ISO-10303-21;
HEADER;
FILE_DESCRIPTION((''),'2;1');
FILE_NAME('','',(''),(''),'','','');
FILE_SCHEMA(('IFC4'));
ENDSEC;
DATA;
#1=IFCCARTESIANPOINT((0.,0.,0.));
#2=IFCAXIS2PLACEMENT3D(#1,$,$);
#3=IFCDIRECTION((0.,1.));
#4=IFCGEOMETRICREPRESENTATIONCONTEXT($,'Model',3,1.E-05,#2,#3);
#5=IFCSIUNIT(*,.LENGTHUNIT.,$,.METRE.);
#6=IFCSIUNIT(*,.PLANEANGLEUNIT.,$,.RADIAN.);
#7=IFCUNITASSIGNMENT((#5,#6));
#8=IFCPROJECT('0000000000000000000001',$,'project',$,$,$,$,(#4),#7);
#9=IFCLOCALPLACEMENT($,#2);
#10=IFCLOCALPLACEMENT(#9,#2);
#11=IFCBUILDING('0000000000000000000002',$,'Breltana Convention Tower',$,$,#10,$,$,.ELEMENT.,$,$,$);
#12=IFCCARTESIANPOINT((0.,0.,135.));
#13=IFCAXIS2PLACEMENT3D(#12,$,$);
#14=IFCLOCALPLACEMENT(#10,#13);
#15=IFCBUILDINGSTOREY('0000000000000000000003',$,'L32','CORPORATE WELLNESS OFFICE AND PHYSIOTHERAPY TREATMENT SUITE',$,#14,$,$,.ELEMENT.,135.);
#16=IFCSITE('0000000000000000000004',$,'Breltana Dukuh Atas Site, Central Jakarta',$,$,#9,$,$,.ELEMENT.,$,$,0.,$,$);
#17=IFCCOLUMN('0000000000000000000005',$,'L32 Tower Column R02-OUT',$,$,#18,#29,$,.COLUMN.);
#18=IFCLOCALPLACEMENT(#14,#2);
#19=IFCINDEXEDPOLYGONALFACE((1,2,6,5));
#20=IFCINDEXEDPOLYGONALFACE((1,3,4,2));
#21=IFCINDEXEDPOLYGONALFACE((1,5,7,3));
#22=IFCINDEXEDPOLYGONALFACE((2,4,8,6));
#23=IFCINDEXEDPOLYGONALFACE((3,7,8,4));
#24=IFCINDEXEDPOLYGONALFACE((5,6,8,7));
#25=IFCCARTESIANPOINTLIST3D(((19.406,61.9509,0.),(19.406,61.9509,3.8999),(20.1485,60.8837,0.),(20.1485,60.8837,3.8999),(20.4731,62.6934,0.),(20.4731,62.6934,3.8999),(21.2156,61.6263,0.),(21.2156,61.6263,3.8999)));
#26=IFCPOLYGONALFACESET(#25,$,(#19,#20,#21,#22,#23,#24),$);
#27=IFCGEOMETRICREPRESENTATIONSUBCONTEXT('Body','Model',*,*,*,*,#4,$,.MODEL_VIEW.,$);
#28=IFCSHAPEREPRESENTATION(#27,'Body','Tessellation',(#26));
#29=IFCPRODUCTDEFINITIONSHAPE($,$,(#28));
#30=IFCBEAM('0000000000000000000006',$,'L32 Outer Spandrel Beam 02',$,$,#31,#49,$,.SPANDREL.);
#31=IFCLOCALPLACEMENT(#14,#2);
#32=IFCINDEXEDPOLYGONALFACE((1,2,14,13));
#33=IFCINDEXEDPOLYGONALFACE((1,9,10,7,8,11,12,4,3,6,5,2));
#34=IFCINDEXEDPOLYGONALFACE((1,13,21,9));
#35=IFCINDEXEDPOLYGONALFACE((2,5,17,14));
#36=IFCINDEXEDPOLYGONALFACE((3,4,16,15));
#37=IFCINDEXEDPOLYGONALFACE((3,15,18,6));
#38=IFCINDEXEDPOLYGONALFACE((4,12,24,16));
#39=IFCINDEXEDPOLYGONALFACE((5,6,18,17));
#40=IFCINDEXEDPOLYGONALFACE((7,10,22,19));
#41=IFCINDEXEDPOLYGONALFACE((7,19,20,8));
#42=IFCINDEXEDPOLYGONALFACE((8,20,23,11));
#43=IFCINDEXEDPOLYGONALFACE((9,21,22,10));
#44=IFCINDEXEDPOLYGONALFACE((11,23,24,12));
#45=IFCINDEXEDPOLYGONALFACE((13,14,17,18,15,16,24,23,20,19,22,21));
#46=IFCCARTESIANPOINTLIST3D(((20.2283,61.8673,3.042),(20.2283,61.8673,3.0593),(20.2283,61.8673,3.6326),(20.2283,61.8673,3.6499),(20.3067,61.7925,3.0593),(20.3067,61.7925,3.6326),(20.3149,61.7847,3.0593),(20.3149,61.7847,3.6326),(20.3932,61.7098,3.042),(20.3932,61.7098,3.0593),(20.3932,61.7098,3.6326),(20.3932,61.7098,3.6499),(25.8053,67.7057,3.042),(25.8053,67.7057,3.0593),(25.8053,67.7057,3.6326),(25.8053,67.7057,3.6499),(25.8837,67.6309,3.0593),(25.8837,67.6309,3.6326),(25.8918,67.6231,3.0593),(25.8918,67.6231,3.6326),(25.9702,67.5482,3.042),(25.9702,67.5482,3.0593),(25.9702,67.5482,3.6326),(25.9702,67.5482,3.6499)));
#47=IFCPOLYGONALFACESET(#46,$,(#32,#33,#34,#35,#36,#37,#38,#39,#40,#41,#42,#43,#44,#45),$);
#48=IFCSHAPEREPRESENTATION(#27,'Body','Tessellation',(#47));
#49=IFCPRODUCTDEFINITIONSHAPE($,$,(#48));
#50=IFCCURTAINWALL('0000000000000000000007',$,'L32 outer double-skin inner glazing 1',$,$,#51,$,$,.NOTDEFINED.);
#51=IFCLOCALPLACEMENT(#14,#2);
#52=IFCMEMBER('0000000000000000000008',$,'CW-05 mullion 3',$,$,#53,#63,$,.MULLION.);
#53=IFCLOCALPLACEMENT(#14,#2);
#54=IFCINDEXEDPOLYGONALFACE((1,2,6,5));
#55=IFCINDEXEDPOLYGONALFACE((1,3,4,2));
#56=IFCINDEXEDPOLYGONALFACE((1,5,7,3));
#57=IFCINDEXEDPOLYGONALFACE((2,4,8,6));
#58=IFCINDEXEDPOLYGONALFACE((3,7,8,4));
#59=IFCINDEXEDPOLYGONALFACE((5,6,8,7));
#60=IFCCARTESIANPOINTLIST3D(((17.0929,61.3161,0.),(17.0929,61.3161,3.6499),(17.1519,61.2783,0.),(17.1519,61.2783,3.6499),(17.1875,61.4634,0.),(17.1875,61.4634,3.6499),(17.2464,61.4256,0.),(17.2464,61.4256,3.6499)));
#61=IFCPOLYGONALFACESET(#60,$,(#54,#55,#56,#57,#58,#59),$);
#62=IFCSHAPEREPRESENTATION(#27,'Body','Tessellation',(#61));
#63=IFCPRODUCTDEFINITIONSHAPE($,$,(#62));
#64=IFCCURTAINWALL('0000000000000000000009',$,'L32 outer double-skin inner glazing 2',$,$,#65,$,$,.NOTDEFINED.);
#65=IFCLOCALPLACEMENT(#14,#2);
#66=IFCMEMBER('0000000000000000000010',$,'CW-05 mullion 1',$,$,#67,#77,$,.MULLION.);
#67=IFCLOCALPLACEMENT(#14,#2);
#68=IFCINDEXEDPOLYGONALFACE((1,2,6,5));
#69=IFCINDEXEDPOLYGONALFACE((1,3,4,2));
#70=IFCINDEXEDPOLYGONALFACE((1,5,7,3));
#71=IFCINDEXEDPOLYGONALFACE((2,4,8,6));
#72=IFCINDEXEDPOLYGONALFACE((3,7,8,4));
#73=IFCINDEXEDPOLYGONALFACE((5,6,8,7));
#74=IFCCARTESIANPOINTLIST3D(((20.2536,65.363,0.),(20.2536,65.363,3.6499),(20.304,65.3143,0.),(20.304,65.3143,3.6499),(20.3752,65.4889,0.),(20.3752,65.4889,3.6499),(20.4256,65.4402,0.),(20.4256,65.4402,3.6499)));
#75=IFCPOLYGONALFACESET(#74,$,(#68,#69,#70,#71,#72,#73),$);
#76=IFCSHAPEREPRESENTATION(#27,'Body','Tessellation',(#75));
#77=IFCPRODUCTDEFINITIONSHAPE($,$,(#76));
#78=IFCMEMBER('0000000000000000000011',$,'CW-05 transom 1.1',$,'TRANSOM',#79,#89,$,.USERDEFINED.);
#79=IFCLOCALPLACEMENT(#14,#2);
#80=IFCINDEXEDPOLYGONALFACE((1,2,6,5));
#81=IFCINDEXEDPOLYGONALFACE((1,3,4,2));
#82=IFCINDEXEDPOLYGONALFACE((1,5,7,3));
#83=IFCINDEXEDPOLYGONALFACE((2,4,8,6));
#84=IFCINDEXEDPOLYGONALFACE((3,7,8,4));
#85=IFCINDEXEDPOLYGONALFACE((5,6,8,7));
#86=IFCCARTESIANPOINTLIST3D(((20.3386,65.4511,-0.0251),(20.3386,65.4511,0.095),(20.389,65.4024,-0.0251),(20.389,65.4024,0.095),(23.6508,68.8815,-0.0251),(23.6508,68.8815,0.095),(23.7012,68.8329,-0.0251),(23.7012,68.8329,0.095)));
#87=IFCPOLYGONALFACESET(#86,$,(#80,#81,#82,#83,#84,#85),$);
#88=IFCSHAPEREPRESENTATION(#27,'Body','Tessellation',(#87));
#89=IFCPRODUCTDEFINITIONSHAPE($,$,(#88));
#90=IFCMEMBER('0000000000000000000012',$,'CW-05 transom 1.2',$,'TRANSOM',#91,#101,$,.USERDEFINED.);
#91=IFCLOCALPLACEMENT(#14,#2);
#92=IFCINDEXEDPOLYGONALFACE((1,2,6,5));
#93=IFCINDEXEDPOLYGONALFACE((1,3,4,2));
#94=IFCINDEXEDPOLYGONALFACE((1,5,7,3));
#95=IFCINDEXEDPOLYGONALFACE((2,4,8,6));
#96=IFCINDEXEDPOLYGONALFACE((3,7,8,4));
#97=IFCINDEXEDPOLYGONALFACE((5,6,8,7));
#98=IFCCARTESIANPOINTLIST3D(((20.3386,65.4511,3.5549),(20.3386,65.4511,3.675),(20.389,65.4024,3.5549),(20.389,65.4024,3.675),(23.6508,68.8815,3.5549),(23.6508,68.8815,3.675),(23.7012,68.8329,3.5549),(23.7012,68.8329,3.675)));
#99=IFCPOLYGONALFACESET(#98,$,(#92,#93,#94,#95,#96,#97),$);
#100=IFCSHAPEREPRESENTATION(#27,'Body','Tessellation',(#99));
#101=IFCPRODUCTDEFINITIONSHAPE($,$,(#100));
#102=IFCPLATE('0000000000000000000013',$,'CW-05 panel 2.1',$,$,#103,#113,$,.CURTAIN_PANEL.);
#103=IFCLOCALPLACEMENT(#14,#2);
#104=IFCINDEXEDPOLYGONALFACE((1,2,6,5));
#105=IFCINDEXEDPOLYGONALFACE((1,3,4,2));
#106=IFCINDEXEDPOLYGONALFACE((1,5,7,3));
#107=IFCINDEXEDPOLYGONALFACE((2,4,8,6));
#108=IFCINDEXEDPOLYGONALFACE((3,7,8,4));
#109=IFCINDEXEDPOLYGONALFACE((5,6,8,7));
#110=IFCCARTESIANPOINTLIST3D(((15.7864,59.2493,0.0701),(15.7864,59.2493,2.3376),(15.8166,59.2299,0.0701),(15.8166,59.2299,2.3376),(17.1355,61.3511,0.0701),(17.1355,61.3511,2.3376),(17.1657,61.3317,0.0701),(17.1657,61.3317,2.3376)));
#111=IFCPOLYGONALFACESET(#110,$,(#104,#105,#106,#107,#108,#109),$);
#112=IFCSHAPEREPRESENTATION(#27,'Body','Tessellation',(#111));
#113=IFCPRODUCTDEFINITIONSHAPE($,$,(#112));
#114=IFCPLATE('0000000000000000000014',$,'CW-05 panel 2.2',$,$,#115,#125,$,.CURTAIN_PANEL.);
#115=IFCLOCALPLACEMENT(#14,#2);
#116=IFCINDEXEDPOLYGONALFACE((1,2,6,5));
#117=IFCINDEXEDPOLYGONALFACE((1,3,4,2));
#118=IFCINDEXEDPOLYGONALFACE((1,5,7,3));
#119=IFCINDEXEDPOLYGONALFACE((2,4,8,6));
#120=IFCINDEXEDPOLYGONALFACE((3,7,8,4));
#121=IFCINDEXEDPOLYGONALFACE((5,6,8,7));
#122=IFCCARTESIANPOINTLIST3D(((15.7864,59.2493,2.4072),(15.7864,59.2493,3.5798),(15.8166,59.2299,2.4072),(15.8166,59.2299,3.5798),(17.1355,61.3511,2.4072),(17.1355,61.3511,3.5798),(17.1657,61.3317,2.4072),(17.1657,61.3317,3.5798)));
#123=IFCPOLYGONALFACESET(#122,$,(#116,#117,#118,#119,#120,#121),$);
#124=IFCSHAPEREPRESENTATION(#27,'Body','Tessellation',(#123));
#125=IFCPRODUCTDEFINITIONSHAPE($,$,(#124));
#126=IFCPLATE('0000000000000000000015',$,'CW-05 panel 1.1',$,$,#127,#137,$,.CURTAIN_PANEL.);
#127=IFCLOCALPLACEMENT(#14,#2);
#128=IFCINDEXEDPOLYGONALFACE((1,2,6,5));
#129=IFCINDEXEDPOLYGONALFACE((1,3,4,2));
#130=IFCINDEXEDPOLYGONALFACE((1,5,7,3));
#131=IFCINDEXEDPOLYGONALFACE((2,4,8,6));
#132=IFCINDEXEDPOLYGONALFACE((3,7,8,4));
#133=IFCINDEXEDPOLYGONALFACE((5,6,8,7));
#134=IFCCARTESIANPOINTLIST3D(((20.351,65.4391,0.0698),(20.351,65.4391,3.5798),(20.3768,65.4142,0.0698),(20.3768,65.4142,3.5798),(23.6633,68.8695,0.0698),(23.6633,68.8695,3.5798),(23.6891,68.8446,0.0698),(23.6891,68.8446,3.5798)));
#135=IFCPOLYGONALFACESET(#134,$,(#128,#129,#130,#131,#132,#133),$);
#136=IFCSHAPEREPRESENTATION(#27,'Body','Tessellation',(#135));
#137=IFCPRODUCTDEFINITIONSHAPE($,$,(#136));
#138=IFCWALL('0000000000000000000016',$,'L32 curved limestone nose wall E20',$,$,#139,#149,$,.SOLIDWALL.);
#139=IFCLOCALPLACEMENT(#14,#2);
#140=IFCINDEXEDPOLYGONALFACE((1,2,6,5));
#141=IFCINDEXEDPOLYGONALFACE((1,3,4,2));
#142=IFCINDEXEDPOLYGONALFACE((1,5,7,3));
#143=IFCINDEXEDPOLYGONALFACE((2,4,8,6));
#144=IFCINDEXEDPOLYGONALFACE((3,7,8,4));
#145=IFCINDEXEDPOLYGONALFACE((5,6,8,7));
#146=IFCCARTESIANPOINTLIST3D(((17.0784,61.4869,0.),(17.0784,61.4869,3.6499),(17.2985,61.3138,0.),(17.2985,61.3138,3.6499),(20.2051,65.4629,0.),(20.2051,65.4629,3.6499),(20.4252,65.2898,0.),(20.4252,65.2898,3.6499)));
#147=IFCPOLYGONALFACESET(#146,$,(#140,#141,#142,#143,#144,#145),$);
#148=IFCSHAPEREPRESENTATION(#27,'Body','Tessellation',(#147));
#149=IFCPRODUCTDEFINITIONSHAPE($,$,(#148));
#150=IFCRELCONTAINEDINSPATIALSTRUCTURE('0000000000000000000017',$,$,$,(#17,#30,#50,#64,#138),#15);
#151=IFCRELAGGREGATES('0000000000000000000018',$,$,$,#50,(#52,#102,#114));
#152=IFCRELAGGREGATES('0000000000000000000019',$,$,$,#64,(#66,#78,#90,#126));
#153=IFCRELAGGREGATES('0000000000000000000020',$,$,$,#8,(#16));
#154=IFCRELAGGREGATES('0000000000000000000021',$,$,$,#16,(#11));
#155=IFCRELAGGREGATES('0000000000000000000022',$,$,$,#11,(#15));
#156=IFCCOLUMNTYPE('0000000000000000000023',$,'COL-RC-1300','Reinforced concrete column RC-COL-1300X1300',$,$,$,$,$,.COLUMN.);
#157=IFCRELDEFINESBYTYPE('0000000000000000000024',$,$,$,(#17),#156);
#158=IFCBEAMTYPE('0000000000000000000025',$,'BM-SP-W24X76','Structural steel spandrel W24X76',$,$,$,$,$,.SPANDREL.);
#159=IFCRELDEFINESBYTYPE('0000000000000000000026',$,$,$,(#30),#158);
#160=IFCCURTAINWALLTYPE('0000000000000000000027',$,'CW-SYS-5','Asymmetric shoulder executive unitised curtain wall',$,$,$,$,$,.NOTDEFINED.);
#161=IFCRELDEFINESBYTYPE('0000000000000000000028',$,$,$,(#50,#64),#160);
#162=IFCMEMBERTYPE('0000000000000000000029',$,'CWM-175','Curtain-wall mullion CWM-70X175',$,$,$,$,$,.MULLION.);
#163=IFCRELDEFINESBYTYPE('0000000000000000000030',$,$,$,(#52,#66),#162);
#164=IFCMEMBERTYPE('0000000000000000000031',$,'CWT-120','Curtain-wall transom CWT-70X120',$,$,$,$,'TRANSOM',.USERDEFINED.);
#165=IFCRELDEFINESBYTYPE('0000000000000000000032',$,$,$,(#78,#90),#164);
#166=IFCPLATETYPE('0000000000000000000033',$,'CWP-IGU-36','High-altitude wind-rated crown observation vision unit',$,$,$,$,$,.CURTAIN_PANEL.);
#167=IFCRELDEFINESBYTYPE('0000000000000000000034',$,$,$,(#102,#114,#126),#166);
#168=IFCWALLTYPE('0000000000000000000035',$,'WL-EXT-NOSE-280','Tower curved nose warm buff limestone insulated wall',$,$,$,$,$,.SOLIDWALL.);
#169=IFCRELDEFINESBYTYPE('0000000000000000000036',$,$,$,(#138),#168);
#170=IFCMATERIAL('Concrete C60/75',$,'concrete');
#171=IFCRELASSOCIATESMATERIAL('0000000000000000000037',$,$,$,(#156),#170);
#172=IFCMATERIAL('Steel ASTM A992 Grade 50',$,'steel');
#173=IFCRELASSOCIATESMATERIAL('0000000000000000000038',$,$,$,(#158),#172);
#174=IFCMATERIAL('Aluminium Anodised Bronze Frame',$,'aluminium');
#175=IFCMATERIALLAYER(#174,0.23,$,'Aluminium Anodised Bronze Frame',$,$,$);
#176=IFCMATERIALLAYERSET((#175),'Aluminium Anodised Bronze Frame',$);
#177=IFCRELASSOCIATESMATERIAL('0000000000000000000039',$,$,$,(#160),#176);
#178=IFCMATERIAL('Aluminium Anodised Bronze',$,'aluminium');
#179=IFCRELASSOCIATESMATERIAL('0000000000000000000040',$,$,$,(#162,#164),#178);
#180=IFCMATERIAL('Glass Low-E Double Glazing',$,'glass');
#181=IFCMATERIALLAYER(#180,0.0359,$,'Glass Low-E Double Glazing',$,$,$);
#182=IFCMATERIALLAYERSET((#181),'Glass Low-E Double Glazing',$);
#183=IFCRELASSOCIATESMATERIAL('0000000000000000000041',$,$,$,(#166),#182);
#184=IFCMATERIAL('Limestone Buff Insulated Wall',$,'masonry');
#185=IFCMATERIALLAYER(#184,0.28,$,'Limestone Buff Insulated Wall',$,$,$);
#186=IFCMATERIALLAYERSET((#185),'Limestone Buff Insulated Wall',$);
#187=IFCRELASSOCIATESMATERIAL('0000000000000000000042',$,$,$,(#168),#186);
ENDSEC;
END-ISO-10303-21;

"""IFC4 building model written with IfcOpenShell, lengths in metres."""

from ifc_helpers import new_model, si_unit, direction, frame, frame_2d, origin, origin_2d, place, context, subcontext, project, spatial, rectangle, i_section, extrude, source, transform, mapped, material, layer, layer_set, material_profile, profile_set, type_object, element, aggregate, save


model = new_model("IFC4")

# Units and contexts
model_context = context("Model", 3, precision=1e-05, world=origin(), true_north=direction((0.0, 1.0)))
body_context = subcontext(model_context, "Body", "Model", "MODEL_VIEW")
ifc_project = project(units=[si_unit("LENGTHUNIT", "METRE"), si_unit("PLANEANGLEUNIT", "RADIAN")], contexts=[model_context])

# Site, building, storey
site_placement = place(None, origin())
site = spatial("IfcSite", under=ifc_project, at=site_placement, Name="Breltana Dukuh Atas Site, Central Jakarta", CompositionType="ELEMENT", RefElevation=0.0)
building_placement = place(site_placement, origin())
building = spatial("IfcBuilding", under=site, at=building_placement, Name="Breltana Convention Tower", CompositionType="ELEMENT")
storey_placement = place(building_placement, frame((0.0, 0.0, 135.0)))
storey = spatial("IfcBuildingStorey", under=building, at=storey_placement, Name="L32", Description="CORPORATE WELLNESS OFFICE AND PHYSIOTHERAPY TREATMENT SUITE", CompositionType="ELEMENT", Elevation=135.0)

# Column
ifc_material_1 = material(Name="Concrete C60/75", Category="concrete")
ifc_material_profile_1 = material_profile(ifc_material_1, rectangle(XDim=1.3, YDim=1.3, at=origin_2d()), Name="RC-COL-1300X1300")
ifc_profile_set_1 = profile_set([ifc_material_profile_1], Name="Concrete C60/75")
column_type = type_object("IfcColumnType", Name="COL-RC-1300", Description="Reinforced concrete column RC-COL-1300X1300", PredefinedType="COLUMN", material=ifc_profile_set_1)
shared_shape_1 = source(origin(), body_context, "Body", "SweptSolid", [
    extrude(rectangle(XDim=1.3, YDim=1.3, at=origin_2d()), origin(), (0.0, 0.0, 1.0), 3.8999),
])
column_placement = place(storey_placement, frame((20.3108, 61.7886, 0.0), z_axis=(0.0, 0.0, 1.0), x_axis=(-0.571143, 0.82085, 0.0)))
element("IfcColumn", 1, at=column_placement, inside=storey, type_object=column_type, Name="L32 Tower Column R02-OUT", PredefinedType="COLUMN", context=body_context, shape_type="MappedRepresentation", body=[
    mapped(shared_shape_1, transform((0.0, 0.0, 0.0), scale=1.0)),
])

# Beam
ifc_material_2 = material(Name="Steel ASTM A992 Grade 50", Category="steel")
ifc_material_profile_2 = material_profile(ifc_material_2, i_section(OverallWidth=0.228, OverallDepth=0.6079, WebThickness=0.0112, FlangeThickness=0.0173, at=origin_2d()), Name="W24X76")
ifc_profile_set_2 = profile_set([ifc_material_profile_2], Name="Steel ASTM A992 Grade 50")
beam_type = type_object("IfcBeamType", Name="BM-SP-W24X76", Description="Structural steel spandrel W24X76", PredefinedType="SPANDREL", material=ifc_profile_set_2)
shared_shape_2 = source(origin(), body_context, "Body", "SweptSolid", [
    extrude(i_section(OverallWidth=0.228, OverallDepth=0.6079, WebThickness=0.0112, FlangeThickness=0.0173, at=origin_2d()), origin(), (0.0, 0.0, 1.0), 8.074),
])
beam_placement = place(storey_placement, frame((20.3108, 61.7886, 3.3459), z_axis=(0.690729, 0.723114, 0.0), x_axis=(-0.723114, 0.690729, 0.0)))
element("IfcBeam", 2, at=beam_placement, inside=storey, type_object=beam_type, Name="L32 Outer Spandrel Beam 02", PredefinedType="SPANDREL", context=body_context, shape_type="MappedRepresentation", body=[
    mapped(shared_shape_2, transform((0.0, 0.0, 0.0), scale=1.0)),
])

# Curtain wall, member
ifc_material_3 = material(Name="Aluminium Anodised Bronze Frame", Category="aluminium")
ifc_layer_1 = layer(ifc_material_3, 0.23, Name="Aluminium Anodised Bronze Frame")
ifc_layer_set_1 = layer_set([ifc_layer_1], Name="Aluminium Anodised Bronze Frame")
curtain_wall_type = type_object("IfcCurtainWallType", Name="CW-SYS-5", Description="Asymmetric shoulder executive unitised curtain wall", PredefinedType="NOTDEFINED", material=ifc_layer_set_1)
curtain_wall_1_placement = place(storey_placement, origin())
curtain_wall_1 = element("IfcCurtainWall", 3, at=curtain_wall_1_placement, inside=storey, type_object=curtain_wall_type, Name="L32 outer double-skin inner glazing 1", PredefinedType="NOTDEFINED")
ifc_material_4 = material(Name="Aluminium Anodised Bronze", Category="aluminium")
ifc_material_profile_3 = material_profile(ifc_material_4, rectangle(XDim=0.0701, YDim=0.175, at=origin_2d()), Name="CWM-70X175")
ifc_profile_set_3 = profile_set([ifc_material_profile_3], Name="Aluminium Anodised Bronze")
member_type_1 = type_object("IfcMemberType", Name="CWM-175", Description="Curtain-wall mullion CWM-70X175", PredefinedType="MULLION", material=ifc_profile_set_3)
shared_shape_3 = source(origin(), body_context, "Body", "SweptSolid", [
    extrude(rectangle(XDim=0.0701, YDim=0.175, at=origin_2d()), origin(), (0.0, 0.0, 1.0), 3.6499),
])
member_1_placement = place(storey_placement, frame((17.1697, 61.3708, 0.0), z_axis=(0.0, 0.0, 1.0), x_axis=(-0.841552, 0.540177, 0.0)))
member_1 = element("IfcMember", 4, at=member_1_placement, type_object=member_type_1, Name="CW-05 mullion 3", PredefinedType="MULLION", context=body_context, shape_type="MappedRepresentation", body=[
    mapped(shared_shape_3, transform((0.0, 0.0, 0.0), scale=1.0)),
])

# Curtain wall, members
curtain_wall_2_placement = place(storey_placement, origin())
curtain_wall_2 = element("IfcCurtainWall", 5, at=curtain_wall_2_placement, inside=storey, type_object=curtain_wall_type, Name="L32 outer double-skin inner glazing 2", PredefinedType="NOTDEFINED")
member_2_placement = place(storey_placement, frame((20.3396, 65.4016, 0.0), z_axis=(0.0, 0.0, 1.0), x_axis=(-0.719385, 0.694612, 0.0)))
member_2 = element("IfcMember", 6, at=member_2_placement, type_object=member_type_1, Name="CW-05 mullion 1", PredefinedType="MULLION", context=body_context, shape_type="MappedRepresentation", body=[
    mapped(shared_shape_3, transform((0.0, 0.0, 0.0), scale=1.0)),
])
ifc_material_profile_4 = material_profile(ifc_material_4, rectangle(XDim=0.0701, YDim=0.1201, at=origin_2d()), Name="CWT-70X120")
ifc_profile_set_4 = profile_set([ifc_material_profile_4], Name="Aluminium Anodised Bronze")
member_type_2 = type_object("IfcMemberType", Name="CWT-120", Description="Curtain-wall transom CWT-70X120", ElementType="TRANSOM", PredefinedType="USERDEFINED", material=ifc_profile_set_4)
shared_shape_4 = source(origin(), body_context, "Body", "SweptSolid", [
    extrude(rectangle(XDim=0.0701, YDim=0.1201, at=origin_2d()), origin(), (0.0, 0.0, 1.0), 4.7686),
])
member_3_placement = place(storey_placement, frame((20.3638, 65.4268, 0.0349), z_axis=(0.694608, 0.719388, 0.0), x_axis=(-0.719388, 0.694608, 0.0)))
member_3 = element("IfcMember", 7, at=member_3_placement, type_object=member_type_2, Name="CW-05 transom 1.1", ObjectType="TRANSOM", PredefinedType="USERDEFINED", context=body_context, shape_type="MappedRepresentation", body=[
    mapped(shared_shape_4, transform((0.0, 0.0, 0.0), scale=1.0)),
])
member_4_placement = place(storey_placement, frame((20.3638, 65.4268, 3.615), z_axis=(0.694608, 0.719388, 0.0), x_axis=(-0.719388, 0.694608, 0.0)))
member_4 = element("IfcMember", 8, at=member_4_placement, type_object=member_type_2, Name="CW-05 transom 1.2", ObjectType="TRANSOM", PredefinedType="USERDEFINED", context=body_context, shape_type="MappedRepresentation", body=[
    mapped(shared_shape_4, transform((0.0, 0.0, 0.0), scale=1.0)),
])

# Plates
ifc_material_5 = material(Name="Glass Low-E Double Glazing", Category="glass")
ifc_layer_2 = layer(ifc_material_5, 0.0359, Name="Glass Low-E Double Glazing")
ifc_layer_set_2 = layer_set([ifc_layer_2], Name="Glass Low-E Double Glazing")
plate_type = type_object("IfcPlateType", Name="CWP-IGU-36", Description="High-altitude wind-rated crown observation vision unit", PredefinedType="CURTAIN_PANEL", material=ifc_layer_set_2)
shared_shape_5 = source(origin(), body_context, "Body", "SweptSolid", [
    extrude(rectangle(XDim=2.4976, YDim=0.0359, at=origin_2d()), origin(), (0.0, 0.0, 1.0), 2.2676),
])
plate_1_placement = place(storey_placement, frame((16.4761, 60.2905, 0.0701), z_axis=(0.0, 0.0, 1.0), x_axis=(0.540177, 0.841552, 0.0)))
plate_1 = element("IfcPlate", 9, at=plate_1_placement, type_object=plate_type, Name="CW-05 panel 2.1", PredefinedType="CURTAIN_PANEL", context=body_context, shape_type="MappedRepresentation", body=[
    mapped(shared_shape_5, transform((0.0, 0.0, 0.0), scale=1.0)),
])
shared_shape_6 = source(origin(), body_context, "Body", "SweptSolid", [
    extrude(rectangle(XDim=2.4976, YDim=0.0359, at=origin_2d()), origin(), (0.0, 0.0, 1.0), 1.1726),
])
plate_2_placement = place(storey_placement, frame((16.4761, 60.2905, 2.4072), z_axis=(0.0, 0.0, 1.0), x_axis=(0.540177, 0.841552, 0.0)))
plate_2 = element("IfcPlate", 10, at=plate_2_placement, type_object=plate_type, Name="CW-05 panel 2.2", PredefinedType="CURTAIN_PANEL", context=body_context, shape_type="MappedRepresentation", body=[
    mapped(shared_shape_6, transform((0.0, 0.0, 0.0), scale=1.0)),
])
aggregate(curtain_wall_1, [member_1, plate_1, plate_2])
shared_shape_7 = source(origin(), body_context, "Body", "SweptSolid", [
    extrude(rectangle(XDim=4.7686, YDim=0.0359, at=origin_2d()), origin(), (0.0, 0.0, 1.0), 3.51),
])
plate_3_placement = place(storey_placement, frame((22.02, 67.1418, 0.0698), z_axis=(0.0, 0.0, 1.0), x_axis=(0.694612, 0.719385, 0.0)))
plate_3 = element("IfcPlate", 11, at=plate_3_placement, type_object=plate_type, Name="CW-05 panel 1.1", PredefinedType="CURTAIN_PANEL", context=body_context, shape_type="MappedRepresentation", body=[
    mapped(shared_shape_7, transform((0.0, 0.0, 0.0), scale=1.0)),
])
aggregate(curtain_wall_2, [member_2, member_3, member_4, plate_3])

# Wall
ifc_material_6 = material(Name="Limestone Buff Insulated Wall", Category="masonry")
ifc_layer_3 = layer(ifc_material_6, 0.28, Name="Limestone Buff Insulated Wall")
ifc_layer_set_3 = layer_set([ifc_layer_3], Name="Limestone Buff Insulated Wall")
wall_type_1 = type_object("IfcWallType", Name="WL-EXT-NOSE-280", Description="Tower curved nose warm buff limestone insulated wall", PredefinedType="SOLIDWALL", material=ifc_layer_set_3)
shared_shape_8 = source(origin(), body_context, "Body", "SweptSolid", [
    extrude(rectangle(XDim=5.0581, YDim=0.28, at=frame_2d((2.5291, 0.0))), origin(), (0.0, 0.0, 1.0), 3.6499),
])
wall_1_placement = place(storey_placement, frame((17.1885, 61.4004, 0.0), z_axis=(0.0, 0.0, 1.0), x_axis=(0.618146, 0.786064, 0.0)))
element("IfcWall", 12, at=wall_1_placement, inside=storey, type_object=wall_type_1, Name="L32 curved limestone nose wall E20", PredefinedType="SOLIDWALL", context=body_context, shape_type="MappedRepresentation", body=[
    mapped(shared_shape_8, transform((0.0, 0.0, 0.0), scale=1.0)),
])

save(model, "model.ifc")
